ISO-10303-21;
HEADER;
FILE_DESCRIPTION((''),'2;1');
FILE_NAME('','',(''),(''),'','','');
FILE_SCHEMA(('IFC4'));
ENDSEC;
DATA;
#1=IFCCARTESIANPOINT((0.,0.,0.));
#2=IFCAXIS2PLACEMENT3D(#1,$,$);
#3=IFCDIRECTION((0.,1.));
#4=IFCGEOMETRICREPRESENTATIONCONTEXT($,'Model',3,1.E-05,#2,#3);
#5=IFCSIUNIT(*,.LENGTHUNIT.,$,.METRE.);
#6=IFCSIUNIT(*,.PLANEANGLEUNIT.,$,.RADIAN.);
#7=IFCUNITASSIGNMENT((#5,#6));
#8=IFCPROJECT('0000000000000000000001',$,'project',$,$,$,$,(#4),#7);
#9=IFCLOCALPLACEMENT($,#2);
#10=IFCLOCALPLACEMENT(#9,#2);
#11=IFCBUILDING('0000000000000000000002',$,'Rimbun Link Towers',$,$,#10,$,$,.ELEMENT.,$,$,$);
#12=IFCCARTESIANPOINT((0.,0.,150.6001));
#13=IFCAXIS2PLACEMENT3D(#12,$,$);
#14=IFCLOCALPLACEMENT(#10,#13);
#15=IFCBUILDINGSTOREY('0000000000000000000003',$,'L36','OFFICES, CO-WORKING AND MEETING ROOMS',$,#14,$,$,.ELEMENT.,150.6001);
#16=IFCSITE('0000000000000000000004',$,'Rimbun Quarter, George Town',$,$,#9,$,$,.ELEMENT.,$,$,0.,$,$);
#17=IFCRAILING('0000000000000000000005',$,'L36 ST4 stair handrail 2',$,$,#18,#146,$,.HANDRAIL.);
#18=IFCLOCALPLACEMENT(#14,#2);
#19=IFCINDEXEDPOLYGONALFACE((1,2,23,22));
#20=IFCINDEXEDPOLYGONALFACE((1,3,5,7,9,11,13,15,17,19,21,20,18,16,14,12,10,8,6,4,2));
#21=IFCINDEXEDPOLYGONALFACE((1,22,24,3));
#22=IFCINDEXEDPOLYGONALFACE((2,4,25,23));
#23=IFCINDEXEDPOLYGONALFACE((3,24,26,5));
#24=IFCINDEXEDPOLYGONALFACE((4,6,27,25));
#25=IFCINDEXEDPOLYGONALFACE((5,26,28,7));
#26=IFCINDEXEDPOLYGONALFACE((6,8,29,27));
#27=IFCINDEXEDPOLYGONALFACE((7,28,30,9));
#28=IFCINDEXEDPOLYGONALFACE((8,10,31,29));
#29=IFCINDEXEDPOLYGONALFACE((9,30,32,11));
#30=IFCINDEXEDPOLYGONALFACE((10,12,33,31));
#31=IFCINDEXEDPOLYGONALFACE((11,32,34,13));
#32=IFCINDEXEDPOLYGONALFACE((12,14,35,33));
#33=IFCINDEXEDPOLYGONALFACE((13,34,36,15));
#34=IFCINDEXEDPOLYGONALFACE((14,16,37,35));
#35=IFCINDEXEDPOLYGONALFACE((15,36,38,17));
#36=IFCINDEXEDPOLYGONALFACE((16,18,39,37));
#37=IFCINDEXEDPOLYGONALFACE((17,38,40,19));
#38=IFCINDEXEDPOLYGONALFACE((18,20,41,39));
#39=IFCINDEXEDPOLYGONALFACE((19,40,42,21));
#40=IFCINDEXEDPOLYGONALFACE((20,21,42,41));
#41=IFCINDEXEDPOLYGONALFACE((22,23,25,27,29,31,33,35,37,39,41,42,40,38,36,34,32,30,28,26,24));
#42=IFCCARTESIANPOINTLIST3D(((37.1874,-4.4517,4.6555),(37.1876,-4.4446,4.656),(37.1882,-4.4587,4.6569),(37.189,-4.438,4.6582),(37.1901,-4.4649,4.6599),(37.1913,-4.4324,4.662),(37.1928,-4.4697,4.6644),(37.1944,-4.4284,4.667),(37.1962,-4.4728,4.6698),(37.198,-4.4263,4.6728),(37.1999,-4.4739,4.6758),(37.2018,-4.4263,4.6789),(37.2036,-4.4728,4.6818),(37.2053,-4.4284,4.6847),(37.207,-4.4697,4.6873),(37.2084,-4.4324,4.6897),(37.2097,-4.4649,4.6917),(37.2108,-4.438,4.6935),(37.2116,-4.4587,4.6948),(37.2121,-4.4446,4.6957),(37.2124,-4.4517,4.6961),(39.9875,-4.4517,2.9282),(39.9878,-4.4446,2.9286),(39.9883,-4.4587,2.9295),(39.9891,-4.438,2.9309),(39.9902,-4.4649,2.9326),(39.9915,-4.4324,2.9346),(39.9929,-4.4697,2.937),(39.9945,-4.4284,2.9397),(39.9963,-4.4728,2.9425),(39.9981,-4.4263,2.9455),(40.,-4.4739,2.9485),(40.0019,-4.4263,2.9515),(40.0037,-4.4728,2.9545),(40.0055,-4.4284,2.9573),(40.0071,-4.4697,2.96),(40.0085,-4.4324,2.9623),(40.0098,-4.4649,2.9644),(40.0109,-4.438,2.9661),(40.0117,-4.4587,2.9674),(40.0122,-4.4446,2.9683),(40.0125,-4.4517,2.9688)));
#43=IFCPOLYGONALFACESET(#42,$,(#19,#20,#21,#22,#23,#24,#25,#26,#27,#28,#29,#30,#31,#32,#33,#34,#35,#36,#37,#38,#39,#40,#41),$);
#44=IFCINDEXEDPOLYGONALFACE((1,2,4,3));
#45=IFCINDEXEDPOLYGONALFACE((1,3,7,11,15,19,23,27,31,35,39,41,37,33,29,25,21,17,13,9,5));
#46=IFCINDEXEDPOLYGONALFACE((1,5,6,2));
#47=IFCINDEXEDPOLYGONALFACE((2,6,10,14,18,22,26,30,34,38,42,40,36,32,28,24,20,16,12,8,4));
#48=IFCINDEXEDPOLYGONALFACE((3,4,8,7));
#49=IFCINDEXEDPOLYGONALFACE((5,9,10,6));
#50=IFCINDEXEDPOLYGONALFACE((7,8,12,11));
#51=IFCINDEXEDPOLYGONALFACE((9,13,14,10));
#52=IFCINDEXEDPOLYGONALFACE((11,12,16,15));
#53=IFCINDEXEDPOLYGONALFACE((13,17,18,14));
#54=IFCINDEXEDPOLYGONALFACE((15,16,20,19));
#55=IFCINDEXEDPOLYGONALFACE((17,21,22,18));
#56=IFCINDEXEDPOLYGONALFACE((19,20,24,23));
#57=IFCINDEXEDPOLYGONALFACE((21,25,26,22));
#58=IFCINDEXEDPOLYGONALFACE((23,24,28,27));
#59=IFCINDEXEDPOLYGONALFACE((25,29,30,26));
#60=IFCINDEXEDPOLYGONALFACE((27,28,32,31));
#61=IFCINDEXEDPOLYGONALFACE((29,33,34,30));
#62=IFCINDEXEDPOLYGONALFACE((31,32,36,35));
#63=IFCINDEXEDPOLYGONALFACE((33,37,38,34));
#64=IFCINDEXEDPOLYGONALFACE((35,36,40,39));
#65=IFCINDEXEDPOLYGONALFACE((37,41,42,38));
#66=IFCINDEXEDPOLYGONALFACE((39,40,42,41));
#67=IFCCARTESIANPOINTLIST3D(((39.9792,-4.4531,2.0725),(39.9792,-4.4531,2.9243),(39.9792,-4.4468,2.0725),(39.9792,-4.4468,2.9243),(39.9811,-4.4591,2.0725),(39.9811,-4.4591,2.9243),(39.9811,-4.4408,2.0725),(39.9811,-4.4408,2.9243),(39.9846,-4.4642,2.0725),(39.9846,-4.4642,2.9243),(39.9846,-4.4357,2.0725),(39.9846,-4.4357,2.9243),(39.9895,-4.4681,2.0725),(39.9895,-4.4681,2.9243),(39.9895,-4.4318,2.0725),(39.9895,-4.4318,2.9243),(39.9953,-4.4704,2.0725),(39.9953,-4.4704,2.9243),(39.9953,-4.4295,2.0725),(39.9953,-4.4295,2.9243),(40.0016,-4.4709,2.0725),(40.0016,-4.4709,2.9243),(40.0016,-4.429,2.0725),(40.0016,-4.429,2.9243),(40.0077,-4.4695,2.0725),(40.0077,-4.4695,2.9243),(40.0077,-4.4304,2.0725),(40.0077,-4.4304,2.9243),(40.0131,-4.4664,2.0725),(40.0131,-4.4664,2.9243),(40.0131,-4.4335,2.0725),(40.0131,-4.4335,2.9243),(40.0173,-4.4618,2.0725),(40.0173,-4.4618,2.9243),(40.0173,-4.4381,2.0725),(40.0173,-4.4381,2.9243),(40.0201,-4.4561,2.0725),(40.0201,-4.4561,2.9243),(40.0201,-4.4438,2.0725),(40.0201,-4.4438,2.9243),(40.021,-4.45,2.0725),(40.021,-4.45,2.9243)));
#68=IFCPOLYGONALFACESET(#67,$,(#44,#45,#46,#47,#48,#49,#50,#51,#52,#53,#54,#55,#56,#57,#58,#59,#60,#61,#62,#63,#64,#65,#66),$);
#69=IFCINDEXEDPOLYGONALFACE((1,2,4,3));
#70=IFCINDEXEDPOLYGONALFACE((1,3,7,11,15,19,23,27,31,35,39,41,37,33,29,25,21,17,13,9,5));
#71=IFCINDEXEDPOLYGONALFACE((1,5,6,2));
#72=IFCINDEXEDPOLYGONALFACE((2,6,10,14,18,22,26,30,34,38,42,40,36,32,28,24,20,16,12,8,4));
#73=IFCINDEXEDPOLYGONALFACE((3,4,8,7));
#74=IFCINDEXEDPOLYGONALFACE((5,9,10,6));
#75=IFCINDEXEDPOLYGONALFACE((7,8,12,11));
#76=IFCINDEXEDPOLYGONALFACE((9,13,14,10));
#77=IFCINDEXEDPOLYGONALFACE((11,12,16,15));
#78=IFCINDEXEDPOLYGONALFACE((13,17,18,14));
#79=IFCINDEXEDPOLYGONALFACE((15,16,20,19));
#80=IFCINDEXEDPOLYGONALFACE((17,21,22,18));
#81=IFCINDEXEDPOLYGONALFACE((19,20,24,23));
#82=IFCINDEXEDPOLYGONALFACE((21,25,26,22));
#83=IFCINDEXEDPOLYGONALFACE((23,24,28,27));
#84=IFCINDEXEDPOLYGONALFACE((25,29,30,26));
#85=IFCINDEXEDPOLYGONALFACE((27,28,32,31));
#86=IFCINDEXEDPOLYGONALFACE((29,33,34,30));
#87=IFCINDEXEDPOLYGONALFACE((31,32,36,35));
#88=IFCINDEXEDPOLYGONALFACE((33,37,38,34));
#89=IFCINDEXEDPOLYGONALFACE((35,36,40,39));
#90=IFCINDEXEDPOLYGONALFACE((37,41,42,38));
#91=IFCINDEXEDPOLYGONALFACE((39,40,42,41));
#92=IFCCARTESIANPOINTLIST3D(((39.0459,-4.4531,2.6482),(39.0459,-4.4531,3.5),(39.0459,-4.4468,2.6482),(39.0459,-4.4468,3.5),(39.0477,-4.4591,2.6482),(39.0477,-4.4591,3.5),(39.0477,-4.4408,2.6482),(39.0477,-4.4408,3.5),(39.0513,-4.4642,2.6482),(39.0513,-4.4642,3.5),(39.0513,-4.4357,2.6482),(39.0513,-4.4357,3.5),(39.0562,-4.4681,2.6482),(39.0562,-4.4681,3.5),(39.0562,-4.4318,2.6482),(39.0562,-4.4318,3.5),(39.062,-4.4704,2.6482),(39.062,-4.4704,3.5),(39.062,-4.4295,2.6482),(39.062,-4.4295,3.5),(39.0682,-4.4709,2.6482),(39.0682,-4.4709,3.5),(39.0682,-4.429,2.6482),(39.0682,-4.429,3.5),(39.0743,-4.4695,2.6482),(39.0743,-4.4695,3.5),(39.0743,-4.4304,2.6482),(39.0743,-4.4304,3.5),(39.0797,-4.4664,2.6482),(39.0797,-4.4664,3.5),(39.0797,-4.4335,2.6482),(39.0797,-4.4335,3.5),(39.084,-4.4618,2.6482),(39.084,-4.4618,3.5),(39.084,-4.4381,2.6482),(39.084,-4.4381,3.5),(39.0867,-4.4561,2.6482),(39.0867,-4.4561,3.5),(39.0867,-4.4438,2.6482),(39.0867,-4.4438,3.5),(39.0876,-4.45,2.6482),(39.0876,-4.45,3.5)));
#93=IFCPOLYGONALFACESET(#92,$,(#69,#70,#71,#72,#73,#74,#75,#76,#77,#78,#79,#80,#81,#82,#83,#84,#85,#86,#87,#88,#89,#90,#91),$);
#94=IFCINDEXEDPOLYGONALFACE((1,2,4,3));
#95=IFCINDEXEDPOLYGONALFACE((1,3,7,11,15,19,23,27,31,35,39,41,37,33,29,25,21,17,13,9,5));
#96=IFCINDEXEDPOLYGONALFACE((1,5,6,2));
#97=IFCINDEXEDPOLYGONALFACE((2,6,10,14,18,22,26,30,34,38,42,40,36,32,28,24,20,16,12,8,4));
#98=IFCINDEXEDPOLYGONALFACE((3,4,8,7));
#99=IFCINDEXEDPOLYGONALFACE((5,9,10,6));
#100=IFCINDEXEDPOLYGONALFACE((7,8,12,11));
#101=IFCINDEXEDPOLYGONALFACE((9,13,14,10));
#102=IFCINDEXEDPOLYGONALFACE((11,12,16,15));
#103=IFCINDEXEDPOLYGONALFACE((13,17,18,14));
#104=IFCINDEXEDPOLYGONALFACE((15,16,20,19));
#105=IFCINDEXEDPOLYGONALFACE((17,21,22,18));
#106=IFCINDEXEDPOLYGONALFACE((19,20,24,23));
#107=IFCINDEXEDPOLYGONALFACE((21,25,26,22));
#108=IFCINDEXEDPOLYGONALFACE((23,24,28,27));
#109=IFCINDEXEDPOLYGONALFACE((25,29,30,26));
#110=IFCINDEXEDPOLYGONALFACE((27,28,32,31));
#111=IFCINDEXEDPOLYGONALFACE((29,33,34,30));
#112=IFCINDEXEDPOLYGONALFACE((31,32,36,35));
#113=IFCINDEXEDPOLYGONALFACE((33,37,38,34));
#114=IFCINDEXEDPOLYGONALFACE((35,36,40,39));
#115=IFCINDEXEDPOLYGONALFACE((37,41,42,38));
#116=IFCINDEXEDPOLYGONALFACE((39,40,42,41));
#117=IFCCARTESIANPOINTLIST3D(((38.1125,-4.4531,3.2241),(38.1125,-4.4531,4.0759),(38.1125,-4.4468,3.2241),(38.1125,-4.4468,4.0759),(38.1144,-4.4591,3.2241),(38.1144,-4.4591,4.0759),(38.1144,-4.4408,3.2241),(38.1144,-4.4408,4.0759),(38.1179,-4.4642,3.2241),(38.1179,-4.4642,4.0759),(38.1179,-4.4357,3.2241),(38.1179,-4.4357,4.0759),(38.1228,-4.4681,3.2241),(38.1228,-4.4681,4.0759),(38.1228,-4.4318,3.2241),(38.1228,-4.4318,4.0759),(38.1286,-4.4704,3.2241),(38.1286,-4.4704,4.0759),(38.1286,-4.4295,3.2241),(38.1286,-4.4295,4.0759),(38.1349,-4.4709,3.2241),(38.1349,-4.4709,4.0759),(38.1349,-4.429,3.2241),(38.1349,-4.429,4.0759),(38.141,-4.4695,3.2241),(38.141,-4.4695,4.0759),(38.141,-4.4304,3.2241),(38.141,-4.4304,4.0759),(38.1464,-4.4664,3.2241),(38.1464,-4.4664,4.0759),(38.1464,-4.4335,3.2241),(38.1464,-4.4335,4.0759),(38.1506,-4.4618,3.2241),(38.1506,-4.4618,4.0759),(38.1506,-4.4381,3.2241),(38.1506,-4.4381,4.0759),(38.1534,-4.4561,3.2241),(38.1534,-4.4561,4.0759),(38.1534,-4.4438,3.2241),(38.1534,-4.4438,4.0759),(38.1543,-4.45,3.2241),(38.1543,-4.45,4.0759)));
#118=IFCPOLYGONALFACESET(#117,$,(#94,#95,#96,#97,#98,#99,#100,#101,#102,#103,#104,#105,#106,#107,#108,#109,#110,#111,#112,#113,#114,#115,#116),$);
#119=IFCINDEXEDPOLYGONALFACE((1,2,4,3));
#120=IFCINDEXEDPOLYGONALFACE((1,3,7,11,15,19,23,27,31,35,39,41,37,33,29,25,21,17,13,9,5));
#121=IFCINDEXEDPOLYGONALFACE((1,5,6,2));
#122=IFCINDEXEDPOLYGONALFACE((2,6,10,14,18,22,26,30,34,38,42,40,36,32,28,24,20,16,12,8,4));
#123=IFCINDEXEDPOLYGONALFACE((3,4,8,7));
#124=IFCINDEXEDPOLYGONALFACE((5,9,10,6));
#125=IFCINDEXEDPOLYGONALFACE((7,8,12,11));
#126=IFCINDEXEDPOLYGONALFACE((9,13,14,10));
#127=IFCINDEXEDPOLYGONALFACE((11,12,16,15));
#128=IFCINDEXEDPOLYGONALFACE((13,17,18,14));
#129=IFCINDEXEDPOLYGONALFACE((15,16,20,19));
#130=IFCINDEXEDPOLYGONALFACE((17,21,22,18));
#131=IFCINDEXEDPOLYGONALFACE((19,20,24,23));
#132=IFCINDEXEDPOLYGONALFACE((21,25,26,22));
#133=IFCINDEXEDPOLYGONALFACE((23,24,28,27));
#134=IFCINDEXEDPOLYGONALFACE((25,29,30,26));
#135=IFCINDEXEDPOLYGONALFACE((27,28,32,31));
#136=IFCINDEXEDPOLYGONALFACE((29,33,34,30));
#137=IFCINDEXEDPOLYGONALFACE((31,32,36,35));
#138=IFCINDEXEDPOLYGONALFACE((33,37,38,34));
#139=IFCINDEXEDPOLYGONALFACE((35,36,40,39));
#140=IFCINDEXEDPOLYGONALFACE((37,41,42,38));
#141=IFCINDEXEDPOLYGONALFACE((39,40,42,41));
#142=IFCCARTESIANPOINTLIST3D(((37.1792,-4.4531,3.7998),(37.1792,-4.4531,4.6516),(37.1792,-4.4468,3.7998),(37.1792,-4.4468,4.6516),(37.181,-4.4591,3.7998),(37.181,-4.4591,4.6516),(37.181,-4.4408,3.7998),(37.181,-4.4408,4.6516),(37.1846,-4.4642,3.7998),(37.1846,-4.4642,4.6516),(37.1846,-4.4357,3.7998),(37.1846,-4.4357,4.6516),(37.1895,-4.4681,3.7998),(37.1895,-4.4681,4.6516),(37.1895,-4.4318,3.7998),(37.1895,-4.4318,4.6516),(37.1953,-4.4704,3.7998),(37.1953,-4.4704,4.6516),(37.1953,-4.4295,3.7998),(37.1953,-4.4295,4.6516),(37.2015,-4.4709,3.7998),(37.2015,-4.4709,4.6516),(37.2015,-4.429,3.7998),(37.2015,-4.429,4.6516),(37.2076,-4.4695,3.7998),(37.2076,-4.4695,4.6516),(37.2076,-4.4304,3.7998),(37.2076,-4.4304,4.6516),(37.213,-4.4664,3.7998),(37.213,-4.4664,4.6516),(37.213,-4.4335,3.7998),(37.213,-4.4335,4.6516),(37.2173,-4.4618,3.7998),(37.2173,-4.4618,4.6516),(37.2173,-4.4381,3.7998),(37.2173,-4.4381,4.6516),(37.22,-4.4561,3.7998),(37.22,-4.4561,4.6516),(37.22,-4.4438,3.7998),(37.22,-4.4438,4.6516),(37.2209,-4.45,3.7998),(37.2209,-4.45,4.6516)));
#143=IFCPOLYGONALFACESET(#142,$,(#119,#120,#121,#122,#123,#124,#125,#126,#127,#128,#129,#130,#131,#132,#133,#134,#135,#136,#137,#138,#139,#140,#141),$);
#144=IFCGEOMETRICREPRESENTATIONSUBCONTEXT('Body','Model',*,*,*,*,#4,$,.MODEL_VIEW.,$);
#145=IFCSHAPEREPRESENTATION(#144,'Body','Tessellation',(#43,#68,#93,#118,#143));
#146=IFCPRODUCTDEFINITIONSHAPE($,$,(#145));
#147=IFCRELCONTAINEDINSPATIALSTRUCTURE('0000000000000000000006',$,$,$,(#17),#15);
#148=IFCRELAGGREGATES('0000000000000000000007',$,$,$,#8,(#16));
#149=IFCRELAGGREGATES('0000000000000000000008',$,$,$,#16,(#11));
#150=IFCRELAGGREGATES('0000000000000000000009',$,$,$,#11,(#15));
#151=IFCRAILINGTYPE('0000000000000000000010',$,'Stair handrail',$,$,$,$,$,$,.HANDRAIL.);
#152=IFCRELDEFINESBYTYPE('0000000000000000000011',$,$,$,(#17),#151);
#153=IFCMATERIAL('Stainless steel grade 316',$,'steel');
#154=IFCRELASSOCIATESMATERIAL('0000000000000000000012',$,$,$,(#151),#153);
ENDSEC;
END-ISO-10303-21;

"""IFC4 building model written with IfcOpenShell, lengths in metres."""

from ifc_helpers import new_model, si_unit, direction, frame, origin, origin_2d, place, context, subcontext, project, spatial, circle, extrude, material, type_object, element, save


model = new_model("IFC4")

# Units and contexts
model_context = context("Model", 3, precision=1e-05, world=origin(), true_north=direction((0.0, 1.0)))
body_context = subcontext(model_context, "Body", "Model", "MODEL_VIEW")
ifc_project = project(units=[si_unit("LENGTHUNIT", "METRE"), si_unit("PLANEANGLEUNIT", "RADIAN")], contexts=[model_context])

# Site, building, storey
site_placement = place(None, origin())
site = spatial("IfcSite", under=ifc_project, at=site_placement, Name="Rimbun Quarter, George Town", CompositionType="ELEMENT", RefElevation=0.0)
building_placement = place(site_placement, origin())
building = spatial("IfcBuilding", under=site, at=building_placement, Name="Rimbun Link Towers", CompositionType="ELEMENT")
storey_placement = place(building_placement, frame((0.0, 0.0, 150.6001)))
storey = spatial("IfcBuildingStorey", under=building, at=storey_placement, Name="L36", Description="OFFICES, CO-WORKING AND MEETING ROOMS", CompositionType="ELEMENT", Elevation=150.6001)

# Railing
ifc_material_1 = material(Name="Stainless steel grade 316", Category="steel")
railing_type_1 = type_object("IfcRailingType", Name="Stair handrail", PredefinedType="HANDRAIL", material=ifc_material_1)
railing_1_placement = place(storey_placement, frame((40.0, -4.45, 2.0725)))
element("IfcRailing", 1, at=railing_1_placement, inside=storey, type_object=railing_type_1, Name="L36 ST4 stair handrail 2", PredefinedType="HANDRAIL", context=body_context, shape_type="SweptSolid", body=[
    extrude(circle(Radius=0.0239, at=origin_2d()), frame((0.0, 0.0, 0.876), z_axis=(-0.85109, 0.0, 0.52502), x_axis=(0.0, -1.0, 0.0)), (0.0, 0.0, 1.0), 3.29),
    extrude(circle(Radius=0.021, at=origin_2d()), origin(), (0.0, 0.0, 1.0), 0.8518),
    extrude(circle(Radius=0.021, at=origin_2d()), frame((-0.9333, 0.0, 0.5757)), (0.0, 0.0, 1.0), 0.8518),
    extrude(circle(Radius=0.021, at=origin_2d()), frame((-1.8667, 0.0, 1.1516)), (0.0, 0.0, 1.0), 0.8518),
    extrude(circle(Radius=0.021, at=origin_2d()), frame((-2.8, 0.0, 1.7273)), (0.0, 0.0, 1.0), 0.8518),
])

save(model, "model.ifc")
